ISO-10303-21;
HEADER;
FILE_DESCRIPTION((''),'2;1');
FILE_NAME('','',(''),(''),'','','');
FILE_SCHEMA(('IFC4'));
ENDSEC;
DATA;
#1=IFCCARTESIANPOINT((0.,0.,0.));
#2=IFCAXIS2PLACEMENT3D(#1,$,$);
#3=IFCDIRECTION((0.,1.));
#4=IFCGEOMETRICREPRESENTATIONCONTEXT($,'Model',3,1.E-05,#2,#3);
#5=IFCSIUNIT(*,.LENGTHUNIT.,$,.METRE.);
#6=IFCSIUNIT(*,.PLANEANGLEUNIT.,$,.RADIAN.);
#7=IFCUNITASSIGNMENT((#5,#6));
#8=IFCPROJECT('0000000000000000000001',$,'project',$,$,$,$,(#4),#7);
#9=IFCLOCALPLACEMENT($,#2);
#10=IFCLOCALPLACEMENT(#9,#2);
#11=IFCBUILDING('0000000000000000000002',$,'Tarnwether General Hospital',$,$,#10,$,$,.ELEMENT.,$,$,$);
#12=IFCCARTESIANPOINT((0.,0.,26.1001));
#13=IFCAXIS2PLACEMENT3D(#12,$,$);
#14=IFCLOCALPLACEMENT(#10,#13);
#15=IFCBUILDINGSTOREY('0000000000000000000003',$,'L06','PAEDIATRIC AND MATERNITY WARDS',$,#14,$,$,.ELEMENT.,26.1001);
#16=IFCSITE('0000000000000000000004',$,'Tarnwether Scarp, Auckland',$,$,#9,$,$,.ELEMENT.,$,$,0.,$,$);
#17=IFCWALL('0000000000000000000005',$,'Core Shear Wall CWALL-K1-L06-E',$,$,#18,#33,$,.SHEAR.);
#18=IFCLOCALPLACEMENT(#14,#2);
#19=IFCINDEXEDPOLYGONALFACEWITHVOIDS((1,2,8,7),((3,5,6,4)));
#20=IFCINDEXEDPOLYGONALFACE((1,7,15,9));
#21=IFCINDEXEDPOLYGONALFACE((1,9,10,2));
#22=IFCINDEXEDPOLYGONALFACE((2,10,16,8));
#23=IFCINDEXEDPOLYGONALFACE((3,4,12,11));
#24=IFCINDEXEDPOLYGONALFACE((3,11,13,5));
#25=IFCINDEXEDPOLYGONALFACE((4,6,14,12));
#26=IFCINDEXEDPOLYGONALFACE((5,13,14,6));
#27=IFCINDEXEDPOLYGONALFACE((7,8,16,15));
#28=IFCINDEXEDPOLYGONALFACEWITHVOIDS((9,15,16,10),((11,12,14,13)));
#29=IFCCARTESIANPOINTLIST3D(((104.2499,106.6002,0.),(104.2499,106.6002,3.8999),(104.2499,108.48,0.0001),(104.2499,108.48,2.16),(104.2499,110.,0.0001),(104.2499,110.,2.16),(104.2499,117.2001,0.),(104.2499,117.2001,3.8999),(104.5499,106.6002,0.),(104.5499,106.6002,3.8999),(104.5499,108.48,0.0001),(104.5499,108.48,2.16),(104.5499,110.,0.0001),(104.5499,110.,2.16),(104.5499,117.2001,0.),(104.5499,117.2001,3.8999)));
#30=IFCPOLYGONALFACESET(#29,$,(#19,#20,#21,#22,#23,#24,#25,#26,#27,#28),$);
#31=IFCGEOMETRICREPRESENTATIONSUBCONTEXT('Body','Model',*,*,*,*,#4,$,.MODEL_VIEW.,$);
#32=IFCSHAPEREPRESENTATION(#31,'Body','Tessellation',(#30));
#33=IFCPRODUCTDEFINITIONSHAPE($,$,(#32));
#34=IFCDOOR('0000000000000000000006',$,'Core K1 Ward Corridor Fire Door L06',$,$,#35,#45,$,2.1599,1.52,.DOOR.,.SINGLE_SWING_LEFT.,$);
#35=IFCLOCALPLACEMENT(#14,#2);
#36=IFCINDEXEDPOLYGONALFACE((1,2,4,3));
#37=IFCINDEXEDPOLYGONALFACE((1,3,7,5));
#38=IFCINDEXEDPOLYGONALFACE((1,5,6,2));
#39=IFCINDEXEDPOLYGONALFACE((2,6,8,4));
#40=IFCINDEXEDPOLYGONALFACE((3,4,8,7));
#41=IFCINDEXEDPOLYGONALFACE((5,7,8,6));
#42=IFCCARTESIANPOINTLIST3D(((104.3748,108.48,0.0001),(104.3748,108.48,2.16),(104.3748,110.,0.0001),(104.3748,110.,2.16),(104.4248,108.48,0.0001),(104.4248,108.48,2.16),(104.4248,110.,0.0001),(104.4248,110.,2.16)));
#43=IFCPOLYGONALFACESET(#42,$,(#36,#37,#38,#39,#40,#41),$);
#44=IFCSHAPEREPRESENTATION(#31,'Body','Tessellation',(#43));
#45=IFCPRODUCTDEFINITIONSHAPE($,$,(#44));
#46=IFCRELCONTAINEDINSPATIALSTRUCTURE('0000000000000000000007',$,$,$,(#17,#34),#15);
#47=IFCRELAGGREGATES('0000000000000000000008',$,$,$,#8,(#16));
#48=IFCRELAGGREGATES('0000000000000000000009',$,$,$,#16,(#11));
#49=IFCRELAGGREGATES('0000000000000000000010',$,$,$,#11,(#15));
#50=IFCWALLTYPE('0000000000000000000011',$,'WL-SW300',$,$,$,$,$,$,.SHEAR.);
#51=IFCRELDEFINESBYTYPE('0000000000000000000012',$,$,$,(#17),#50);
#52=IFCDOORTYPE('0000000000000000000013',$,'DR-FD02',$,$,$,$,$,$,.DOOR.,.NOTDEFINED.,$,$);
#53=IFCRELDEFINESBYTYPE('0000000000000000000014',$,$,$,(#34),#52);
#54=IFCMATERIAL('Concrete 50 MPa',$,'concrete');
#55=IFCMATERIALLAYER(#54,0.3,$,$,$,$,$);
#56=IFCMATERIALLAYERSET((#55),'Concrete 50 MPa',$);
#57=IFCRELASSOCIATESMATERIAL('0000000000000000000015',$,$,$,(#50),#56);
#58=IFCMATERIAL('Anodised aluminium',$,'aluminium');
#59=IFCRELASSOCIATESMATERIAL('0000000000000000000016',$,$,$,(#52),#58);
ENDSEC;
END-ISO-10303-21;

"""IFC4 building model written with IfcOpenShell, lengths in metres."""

from ifc_helpers import new_model, si_unit, direction, frame, frame_2d, origin, place, context, subcontext, project, spatial, rectangle, extrude, material, layer, layer_set, type_object, element, fill, save


model = new_model("IFC4")

# Units and contexts
model_context = context("Model", 3, precision=1e-05, world=origin(), true_north=direction((0.0, 1.0)))
body_context = subcontext(model_context, "Body", "Model", "MODEL_VIEW")
ifc_project = project(units=[si_unit("LENGTHUNIT", "METRE"), si_unit("PLANEANGLEUNIT", "RADIAN")], contexts=[model_context])

# Site, building, storey
site_placement = place(None, origin())
site = spatial("IfcSite", under=ifc_project, at=site_placement, Name="Tarnwether Scarp, Auckland", CompositionType="ELEMENT", RefElevation=0.0)
building_placement = place(site_placement, origin())
building = spatial("IfcBuilding", under=site, at=building_placement, Name="Tarnwether General Hospital", CompositionType="ELEMENT")
storey_placement = place(building_placement, frame((0.0, 0.0, 26.1001)))
storey = spatial("IfcBuildingStorey", under=building, at=storey_placement, Name="L06", Description="PAEDIATRIC AND MATERNITY WARDS", CompositionType="ELEMENT", Elevation=26.1001)

# Wall, opening, door
ifc_material_1 = material(Name="Concrete 50 MPa", Category="concrete")
ifc_layer_1 = layer(ifc_material_1, 0.3)
ifc_layer_set_1 = layer_set([ifc_layer_1], Name="Concrete 50 MPa")
wall_type_1 = type_object("IfcWallType", Name="WL-SW300", PredefinedType="SHEAR", material=ifc_layer_set_1)
wall_1_placement = place(storey_placement, frame((104.3999, 117.2, 0.0), z_axis=(0.0, 0.0, 1.0), x_axis=(0.0, -1.0, 0.0)))
wall_1 = element("IfcWall", 1, at=wall_1_placement, inside=storey, type_object=wall_type_1, Name="Core Shear Wall CWALL-K1-L06-E", PredefinedType="SHEAR", context=body_context, shape_type="SweptSolid", body=[
    extrude(rectangle(XDim=10.5999, YDim=0.3, at=frame_2d((5.2998, 0.0))), origin(), (0.0, 0.0, 1.0), 3.8999),
])
opening_1_placement = place(wall_1_placement, frame((7.2, 0.0, 0.0)))
opening_1 = element("IfcOpeningElement", 2, at=opening_1_placement, cuts=wall_1, PredefinedType="OPENING", context=body_context, shape_type="SweptSolid", body=[
    extrude(rectangle(XDim=1.52, YDim=2.1599, at=frame_2d((0.76, 1.0801))), frame((0.0, 0.1602, 0.0), z_axis=(0.0, -1.0, 0.0), x_axis=(1.0, 0.0, 0.0)), (0.0, 0.0, 1.0), 0.3201),
])
ifc_material_2 = material(Name="Anodised aluminium", Category="aluminium")
door_type_1 = type_object("IfcDoorType", Name="DR-FD02", OperationType="NOTDEFINED", PredefinedType="DOOR", material=ifc_material_2)
door_1_placement = place(opening_1_placement, origin())
door_1 = element("IfcDoor", 3, at=door_1_placement, inside=storey, type_object=door_type_1, Name="Core K1 Ward Corridor Fire Door L06", OperationType="SINGLE_SWING_LEFT", OverallHeight=2.1599, OverallWidth=1.52, PredefinedType="DOOR", context=body_context, shape_type="SweptSolid", body=[
    extrude(rectangle(XDim=1.52, YDim=2.1599, at=frame_2d((0.76, 1.0801))), frame((0.0, 0.0249, 0.0), z_axis=(0.0, -1.0, 0.0), x_axis=(1.0, 0.0, 0.0)), (0.0, 0.0, 1.0), 0.05),
])
fill(opening_1, door_1)

save(model, "model.ifc")
